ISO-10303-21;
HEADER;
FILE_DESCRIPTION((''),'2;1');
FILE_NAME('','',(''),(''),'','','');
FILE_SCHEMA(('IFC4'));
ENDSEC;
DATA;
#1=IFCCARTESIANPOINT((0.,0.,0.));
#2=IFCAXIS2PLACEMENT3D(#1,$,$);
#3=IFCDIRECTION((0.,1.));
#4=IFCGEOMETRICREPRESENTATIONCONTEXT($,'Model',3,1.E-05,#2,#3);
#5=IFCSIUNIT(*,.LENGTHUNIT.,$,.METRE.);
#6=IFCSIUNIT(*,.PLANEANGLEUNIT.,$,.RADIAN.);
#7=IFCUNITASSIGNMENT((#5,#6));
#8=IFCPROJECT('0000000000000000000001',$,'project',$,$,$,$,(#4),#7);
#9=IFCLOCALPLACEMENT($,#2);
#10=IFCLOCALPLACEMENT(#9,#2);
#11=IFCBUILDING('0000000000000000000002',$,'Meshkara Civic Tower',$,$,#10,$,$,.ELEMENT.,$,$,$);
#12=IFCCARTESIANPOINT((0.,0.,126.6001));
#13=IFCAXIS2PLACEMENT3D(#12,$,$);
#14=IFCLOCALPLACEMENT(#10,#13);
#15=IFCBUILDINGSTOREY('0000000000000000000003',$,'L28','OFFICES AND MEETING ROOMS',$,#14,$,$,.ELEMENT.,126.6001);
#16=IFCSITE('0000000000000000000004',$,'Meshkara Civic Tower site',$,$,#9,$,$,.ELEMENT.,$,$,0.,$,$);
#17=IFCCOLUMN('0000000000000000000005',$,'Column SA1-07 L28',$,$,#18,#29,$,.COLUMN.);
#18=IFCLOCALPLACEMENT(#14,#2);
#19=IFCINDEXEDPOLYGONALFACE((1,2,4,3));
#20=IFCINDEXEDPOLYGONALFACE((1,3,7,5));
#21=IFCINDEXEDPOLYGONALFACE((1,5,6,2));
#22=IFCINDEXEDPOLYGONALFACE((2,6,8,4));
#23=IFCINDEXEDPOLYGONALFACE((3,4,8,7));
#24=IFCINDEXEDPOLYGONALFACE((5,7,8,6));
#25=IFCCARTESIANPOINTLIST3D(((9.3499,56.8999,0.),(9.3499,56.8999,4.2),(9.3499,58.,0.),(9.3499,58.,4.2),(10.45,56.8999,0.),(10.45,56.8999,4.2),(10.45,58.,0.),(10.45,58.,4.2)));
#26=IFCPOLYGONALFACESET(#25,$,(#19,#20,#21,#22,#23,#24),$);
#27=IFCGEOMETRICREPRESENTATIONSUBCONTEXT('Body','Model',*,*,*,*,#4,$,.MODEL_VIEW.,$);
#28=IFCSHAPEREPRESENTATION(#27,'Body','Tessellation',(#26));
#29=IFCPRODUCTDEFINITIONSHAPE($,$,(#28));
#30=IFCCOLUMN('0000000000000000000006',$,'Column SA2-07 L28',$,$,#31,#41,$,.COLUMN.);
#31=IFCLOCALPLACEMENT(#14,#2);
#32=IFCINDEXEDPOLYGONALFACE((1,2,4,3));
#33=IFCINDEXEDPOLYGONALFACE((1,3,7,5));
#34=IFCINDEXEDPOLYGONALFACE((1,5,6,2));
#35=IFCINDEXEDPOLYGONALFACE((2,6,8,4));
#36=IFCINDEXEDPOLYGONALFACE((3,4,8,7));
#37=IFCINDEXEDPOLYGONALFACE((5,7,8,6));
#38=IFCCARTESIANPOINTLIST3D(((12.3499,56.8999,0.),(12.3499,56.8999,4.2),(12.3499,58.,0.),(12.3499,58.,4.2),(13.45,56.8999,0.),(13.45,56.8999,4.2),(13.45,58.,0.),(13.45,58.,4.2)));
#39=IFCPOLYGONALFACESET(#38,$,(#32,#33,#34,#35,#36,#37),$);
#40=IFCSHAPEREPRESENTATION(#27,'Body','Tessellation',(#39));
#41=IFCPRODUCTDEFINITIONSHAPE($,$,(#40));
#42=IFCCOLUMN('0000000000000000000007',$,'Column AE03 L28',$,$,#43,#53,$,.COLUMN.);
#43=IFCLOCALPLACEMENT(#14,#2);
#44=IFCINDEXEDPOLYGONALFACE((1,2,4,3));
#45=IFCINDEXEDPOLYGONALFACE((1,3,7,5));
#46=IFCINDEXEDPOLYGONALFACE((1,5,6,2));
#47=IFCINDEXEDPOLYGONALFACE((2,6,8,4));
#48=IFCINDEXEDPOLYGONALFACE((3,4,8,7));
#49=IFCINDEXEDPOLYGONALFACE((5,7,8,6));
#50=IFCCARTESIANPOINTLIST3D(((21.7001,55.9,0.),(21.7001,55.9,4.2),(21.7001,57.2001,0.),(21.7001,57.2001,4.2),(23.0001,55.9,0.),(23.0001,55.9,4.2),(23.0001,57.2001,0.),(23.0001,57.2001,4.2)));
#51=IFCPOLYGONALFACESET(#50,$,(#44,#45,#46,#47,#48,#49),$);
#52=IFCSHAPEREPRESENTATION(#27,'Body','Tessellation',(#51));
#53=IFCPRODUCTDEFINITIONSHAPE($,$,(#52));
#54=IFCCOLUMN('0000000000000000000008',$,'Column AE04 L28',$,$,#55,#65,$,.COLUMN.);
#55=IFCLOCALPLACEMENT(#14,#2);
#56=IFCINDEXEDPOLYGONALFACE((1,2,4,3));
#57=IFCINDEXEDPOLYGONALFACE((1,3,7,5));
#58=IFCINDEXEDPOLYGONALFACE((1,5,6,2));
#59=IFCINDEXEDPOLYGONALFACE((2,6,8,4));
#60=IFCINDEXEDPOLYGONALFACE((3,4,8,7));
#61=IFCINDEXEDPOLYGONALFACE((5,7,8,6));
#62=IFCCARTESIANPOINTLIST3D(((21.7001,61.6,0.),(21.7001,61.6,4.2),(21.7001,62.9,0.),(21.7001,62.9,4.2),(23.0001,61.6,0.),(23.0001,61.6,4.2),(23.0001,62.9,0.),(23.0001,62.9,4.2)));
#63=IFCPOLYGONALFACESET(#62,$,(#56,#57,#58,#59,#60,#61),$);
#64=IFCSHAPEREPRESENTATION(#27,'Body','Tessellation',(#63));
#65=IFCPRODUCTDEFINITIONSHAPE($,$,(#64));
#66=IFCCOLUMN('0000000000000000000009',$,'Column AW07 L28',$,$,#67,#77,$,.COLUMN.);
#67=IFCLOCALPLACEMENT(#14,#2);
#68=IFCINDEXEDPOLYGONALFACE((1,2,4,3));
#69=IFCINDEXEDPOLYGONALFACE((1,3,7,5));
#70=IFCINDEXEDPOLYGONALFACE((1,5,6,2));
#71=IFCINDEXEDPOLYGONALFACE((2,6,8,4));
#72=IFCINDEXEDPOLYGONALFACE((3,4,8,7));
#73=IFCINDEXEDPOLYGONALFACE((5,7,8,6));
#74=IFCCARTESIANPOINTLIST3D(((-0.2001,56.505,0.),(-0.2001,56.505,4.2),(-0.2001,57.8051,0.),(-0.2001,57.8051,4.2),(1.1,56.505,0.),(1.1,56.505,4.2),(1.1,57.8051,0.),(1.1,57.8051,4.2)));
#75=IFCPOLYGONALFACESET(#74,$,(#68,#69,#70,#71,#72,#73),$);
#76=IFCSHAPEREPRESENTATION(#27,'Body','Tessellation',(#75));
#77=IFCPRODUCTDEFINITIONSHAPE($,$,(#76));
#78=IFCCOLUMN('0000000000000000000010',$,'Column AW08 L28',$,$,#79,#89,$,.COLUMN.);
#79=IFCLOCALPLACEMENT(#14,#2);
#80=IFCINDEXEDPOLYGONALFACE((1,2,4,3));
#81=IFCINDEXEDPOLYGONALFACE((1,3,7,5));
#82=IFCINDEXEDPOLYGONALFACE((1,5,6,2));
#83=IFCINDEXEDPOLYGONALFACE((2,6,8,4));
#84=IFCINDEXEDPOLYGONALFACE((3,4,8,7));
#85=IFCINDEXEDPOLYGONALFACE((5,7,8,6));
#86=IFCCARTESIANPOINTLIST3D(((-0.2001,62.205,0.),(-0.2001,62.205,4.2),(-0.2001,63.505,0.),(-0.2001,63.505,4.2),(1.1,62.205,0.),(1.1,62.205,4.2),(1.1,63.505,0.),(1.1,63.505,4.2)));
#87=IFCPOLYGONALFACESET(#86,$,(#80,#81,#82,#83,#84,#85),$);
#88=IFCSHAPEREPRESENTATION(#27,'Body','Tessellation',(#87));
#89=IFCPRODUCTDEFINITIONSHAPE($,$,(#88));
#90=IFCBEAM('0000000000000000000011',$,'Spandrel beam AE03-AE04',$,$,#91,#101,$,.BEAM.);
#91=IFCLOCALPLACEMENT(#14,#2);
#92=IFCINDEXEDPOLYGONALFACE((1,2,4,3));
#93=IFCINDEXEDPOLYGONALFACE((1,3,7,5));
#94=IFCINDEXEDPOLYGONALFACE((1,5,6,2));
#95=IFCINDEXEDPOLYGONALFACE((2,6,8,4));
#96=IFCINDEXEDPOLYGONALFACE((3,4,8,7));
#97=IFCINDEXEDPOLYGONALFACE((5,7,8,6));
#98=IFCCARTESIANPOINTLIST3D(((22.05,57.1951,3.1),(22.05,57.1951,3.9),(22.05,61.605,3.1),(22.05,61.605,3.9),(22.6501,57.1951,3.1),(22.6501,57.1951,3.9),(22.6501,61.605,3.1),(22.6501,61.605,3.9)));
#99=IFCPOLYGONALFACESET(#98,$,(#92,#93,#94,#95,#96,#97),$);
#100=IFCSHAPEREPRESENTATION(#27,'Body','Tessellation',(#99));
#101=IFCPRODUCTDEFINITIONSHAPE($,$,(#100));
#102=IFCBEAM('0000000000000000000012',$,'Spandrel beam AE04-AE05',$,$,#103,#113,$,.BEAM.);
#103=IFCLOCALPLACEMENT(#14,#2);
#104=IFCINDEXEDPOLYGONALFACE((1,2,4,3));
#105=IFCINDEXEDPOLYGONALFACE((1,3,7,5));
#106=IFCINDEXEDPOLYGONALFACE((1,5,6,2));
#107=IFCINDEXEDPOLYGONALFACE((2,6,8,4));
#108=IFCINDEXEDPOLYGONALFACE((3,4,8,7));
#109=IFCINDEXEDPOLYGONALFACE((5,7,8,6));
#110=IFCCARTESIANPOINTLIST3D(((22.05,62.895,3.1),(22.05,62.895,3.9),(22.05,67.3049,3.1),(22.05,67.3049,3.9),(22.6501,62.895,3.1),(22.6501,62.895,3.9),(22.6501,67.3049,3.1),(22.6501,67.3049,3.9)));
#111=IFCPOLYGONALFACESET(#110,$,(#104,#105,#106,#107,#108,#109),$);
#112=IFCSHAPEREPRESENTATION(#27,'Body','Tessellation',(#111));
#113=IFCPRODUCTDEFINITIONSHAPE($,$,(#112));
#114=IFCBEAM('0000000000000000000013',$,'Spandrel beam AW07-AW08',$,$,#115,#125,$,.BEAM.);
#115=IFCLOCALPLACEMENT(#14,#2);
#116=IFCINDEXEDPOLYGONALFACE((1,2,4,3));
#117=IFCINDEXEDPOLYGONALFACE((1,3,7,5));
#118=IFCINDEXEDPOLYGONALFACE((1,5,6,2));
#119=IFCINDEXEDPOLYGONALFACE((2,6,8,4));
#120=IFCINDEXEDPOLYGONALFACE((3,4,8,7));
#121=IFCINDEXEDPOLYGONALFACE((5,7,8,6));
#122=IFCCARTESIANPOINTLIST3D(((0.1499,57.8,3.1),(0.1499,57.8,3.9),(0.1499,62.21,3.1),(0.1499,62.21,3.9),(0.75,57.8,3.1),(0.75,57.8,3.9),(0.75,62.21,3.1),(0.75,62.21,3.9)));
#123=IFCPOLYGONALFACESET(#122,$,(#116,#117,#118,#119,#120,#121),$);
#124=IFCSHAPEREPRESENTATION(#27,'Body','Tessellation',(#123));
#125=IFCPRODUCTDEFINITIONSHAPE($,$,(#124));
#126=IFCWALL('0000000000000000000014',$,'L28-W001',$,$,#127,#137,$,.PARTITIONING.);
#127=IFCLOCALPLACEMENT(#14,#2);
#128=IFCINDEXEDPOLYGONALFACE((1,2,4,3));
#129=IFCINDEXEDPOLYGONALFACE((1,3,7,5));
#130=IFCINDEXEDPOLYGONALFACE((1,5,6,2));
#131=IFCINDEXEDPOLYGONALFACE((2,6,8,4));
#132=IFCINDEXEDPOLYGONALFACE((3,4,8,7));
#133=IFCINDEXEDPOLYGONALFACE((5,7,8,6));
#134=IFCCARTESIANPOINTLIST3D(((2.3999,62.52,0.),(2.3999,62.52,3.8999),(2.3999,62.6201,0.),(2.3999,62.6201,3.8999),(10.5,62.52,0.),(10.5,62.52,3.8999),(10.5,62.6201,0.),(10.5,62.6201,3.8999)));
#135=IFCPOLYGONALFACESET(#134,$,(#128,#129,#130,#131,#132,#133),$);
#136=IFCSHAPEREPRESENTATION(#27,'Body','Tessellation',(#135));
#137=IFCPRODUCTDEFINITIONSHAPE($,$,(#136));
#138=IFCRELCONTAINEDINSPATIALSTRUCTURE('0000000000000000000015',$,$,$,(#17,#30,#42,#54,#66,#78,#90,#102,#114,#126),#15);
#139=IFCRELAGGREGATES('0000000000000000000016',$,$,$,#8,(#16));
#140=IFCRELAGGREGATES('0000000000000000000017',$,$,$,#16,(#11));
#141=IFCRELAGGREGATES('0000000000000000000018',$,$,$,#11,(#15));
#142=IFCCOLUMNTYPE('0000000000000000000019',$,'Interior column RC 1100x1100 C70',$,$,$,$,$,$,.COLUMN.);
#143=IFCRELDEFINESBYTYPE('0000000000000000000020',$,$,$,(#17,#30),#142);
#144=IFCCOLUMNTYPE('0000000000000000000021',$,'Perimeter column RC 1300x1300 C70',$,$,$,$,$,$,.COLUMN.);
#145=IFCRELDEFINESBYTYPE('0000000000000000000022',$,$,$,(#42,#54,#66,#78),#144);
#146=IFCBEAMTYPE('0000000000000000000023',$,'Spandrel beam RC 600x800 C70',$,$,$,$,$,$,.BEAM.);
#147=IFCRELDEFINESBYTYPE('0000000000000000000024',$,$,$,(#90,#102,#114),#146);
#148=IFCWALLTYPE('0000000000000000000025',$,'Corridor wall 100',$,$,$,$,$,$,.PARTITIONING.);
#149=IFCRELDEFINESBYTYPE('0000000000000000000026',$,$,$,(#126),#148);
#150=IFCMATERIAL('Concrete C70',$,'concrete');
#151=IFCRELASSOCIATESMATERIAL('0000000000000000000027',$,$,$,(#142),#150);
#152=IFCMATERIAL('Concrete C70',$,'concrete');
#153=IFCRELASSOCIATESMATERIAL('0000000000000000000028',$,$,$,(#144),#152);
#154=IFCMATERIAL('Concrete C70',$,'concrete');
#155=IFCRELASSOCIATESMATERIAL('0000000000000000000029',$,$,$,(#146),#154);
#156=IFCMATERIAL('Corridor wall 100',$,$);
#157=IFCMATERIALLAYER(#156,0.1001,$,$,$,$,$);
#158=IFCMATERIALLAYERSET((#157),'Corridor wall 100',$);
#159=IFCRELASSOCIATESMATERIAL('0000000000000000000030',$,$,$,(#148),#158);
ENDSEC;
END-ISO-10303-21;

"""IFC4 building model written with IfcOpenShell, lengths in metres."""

from ifc_helpers import new_model, si_unit, direction, frame, frame_2d, origin, origin_2d, place, context, subcontext, project, spatial, rectangle, extrude, material, layer, layer_set, material_profile, profile_set, type_object, element, save


model = new_model("IFC4")

# Units and contexts
model_context = context("Model", 3, precision=1e-05, world=origin(), true_north=direction((0.0, 1.0)))
body_context = subcontext(model_context, "Body", "Model", "MODEL_VIEW")
ifc_project = project(units=[si_unit("LENGTHUNIT", "METRE"), si_unit("PLANEANGLEUNIT", "RADIAN")], contexts=[model_context])

# Site, building, storey
site_placement = place(None, origin())
site = spatial("IfcSite", under=ifc_project, at=site_placement, Name="Meshkara Civic Tower site", CompositionType="ELEMENT", RefElevation=0.0)
building_placement = place(site_placement, origin())
building = spatial("IfcBuilding", under=site, at=building_placement, Name="Meshkara Civic Tower", CompositionType="ELEMENT")
storey_placement = place(building_placement, frame((0.0, 0.0, 126.6001)))
storey = spatial("IfcBuildingStorey", under=building, at=storey_placement, Name="L28", Description="OFFICES AND MEETING ROOMS", CompositionType="ELEMENT", Elevation=126.6001)

# Columns
ifc_material_1 = material(Name="Concrete C70", Category="concrete")
ifc_material_profile_1 = material_profile(ifc_material_1, rectangle(XDim=1.1001, YDim=1.1001, at=origin_2d()))
ifc_profile_set_1 = profile_set([ifc_material_profile_1], Name="Concrete C70")
column_type_1 = type_object("IfcColumnType", Name="Interior column RC 1100x1100 C70", PredefinedType="COLUMN", material=ifc_profile_set_1)
for number, where, z_axis, x_axis, name in (
    (1, (9.8999, 57.45, 0.0), (0.0, 0.0, 1.0), (1.0, 0.0, 0.0), "Column SA1-07 L28"),
    (2, (12.8999, 57.45, 0.0), (0.0, 0.0, 1.0), (1.0, 0.0, 0.0), "Column SA2-07 L28"),
):
    element("IfcColumn", number, at=place(storey_placement, frame(where, z_axis=z_axis, x_axis=x_axis)), inside=storey, type_object=column_type_1, Name=name, PredefinedType="COLUMN", context=body_context, shape_type="SweptSolid", body=[
        extrude(rectangle(XDim=1.1001, YDim=1.1001, at=origin_2d()), origin(), (0.0, 0.0, 1.0), 4.2),
    ])
ifc_material_2 = material(Name="Concrete C70", Category="concrete")
ifc_material_profile_2 = material_profile(ifc_material_2, rectangle(XDim=1.3, YDim=1.3, at=origin_2d()))
ifc_profile_set_2 = profile_set([ifc_material_profile_2], Name="Concrete C70")
column_type_2 = type_object("IfcColumnType", Name="Perimeter column RC 1300x1300 C70", PredefinedType="COLUMN", material=ifc_profile_set_2)
for number, where, z_axis, x_axis, name in (
    (3, (22.3501, 56.55, 0.0), (0.0, 0.0, 1.0), (1.0, 0.0, 0.0), "Column AE03 L28"),
    (4, (22.3501, 62.25, 0.0), (0.0, 0.0, 1.0), (1.0, 0.0, 0.0), "Column AE04 L28"),
    (5, (0.45, 57.155, 0.0), (0.0, 0.0, 1.0), (1.0, 0.0, 0.0), "Column AW07 L28"),
    (6, (0.45, 62.855, 0.0), (0.0, 0.0, 1.0), (1.0, 0.0, 0.0), "Column AW08 L28"),
):
    element("IfcColumn", number, at=place(storey_placement, frame(where, z_axis=z_axis, x_axis=x_axis)), inside=storey, type_object=column_type_2, Name=name, PredefinedType="COLUMN", context=body_context, shape_type="SweptSolid", body=[
        extrude(rectangle(XDim=1.3, YDim=1.3, at=origin_2d()), origin(), (0.0, 0.0, 1.0), 4.2),
    ])

# Beams
ifc_material_3 = material(Name="Concrete C70", Category="concrete")
ifc_material_profile_3 = material_profile(ifc_material_3, rectangle(XDim=0.6001, YDim=0.8, at=origin_2d()))
ifc_profile_set_3 = profile_set([ifc_material_profile_3], Name="Concrete C70")
beam_type = type_object("IfcBeamType", Name="Spandrel beam RC 600x800 C70", PredefinedType="BEAM", material=ifc_profile_set_3)
for number, where, z_axis, x_axis, name in (
    (7, (22.3501, 57.1951, 3.5), (0.0, 1.0, 0.0), (-1.0, 0.0, 0.0), "Spandrel beam AE03-AE04"),
    (8, (22.3501, 62.895, 3.5), (0.0, 1.0, 0.0), (-1.0, 0.0, 0.0), "Spandrel beam AE04-AE05"),
    (9, (0.45, 62.21, 3.5), (0.0, -1.0, 0.0), (1.0, 0.0, 0.0), "Spandrel beam AW07-AW08"),
):
    element("IfcBeam", number, at=place(storey_placement, frame(where, z_axis=z_axis, x_axis=x_axis)), inside=storey, type_object=beam_type, Name=name, PredefinedType="BEAM", context=body_context, shape_type="SweptSolid", body=[
        extrude(rectangle(XDim=0.6001, YDim=0.8, at=origin_2d()), origin(), (0.0, 0.0, 1.0), 4.4099),
    ])

# Wall
ifc_material_4 = material(Name="Corridor wall 100")
ifc_layer_1 = layer(ifc_material_4, 0.1001)
ifc_layer_set_1 = layer_set([ifc_layer_1], Name="Corridor wall 100")
wall_type_1 = type_object("IfcWallType", Name="Corridor wall 100", PredefinedType="PARTITIONING", material=ifc_layer_set_1)
wall_1_placement = place(storey_placement, frame((2.3999, 62.5701, 0.0), z_axis=(0.0, 0.0, 1.0), x_axis=(1.0, 0.0, 0.0)))
element("IfcWall", 10, at=wall_1_placement, inside=storey, type_object=wall_type_1, Name="L28-W001", PredefinedType="PARTITIONING", context=body_context, shape_type="SweptSolid", body=[
    extrude(rectangle(XDim=8.1001, YDim=0.1001, at=frame_2d((4.05, 0.0))), origin(), (0.0, 0.0, 1.0), 3.8999),
])

save(model, "model.ifc")
